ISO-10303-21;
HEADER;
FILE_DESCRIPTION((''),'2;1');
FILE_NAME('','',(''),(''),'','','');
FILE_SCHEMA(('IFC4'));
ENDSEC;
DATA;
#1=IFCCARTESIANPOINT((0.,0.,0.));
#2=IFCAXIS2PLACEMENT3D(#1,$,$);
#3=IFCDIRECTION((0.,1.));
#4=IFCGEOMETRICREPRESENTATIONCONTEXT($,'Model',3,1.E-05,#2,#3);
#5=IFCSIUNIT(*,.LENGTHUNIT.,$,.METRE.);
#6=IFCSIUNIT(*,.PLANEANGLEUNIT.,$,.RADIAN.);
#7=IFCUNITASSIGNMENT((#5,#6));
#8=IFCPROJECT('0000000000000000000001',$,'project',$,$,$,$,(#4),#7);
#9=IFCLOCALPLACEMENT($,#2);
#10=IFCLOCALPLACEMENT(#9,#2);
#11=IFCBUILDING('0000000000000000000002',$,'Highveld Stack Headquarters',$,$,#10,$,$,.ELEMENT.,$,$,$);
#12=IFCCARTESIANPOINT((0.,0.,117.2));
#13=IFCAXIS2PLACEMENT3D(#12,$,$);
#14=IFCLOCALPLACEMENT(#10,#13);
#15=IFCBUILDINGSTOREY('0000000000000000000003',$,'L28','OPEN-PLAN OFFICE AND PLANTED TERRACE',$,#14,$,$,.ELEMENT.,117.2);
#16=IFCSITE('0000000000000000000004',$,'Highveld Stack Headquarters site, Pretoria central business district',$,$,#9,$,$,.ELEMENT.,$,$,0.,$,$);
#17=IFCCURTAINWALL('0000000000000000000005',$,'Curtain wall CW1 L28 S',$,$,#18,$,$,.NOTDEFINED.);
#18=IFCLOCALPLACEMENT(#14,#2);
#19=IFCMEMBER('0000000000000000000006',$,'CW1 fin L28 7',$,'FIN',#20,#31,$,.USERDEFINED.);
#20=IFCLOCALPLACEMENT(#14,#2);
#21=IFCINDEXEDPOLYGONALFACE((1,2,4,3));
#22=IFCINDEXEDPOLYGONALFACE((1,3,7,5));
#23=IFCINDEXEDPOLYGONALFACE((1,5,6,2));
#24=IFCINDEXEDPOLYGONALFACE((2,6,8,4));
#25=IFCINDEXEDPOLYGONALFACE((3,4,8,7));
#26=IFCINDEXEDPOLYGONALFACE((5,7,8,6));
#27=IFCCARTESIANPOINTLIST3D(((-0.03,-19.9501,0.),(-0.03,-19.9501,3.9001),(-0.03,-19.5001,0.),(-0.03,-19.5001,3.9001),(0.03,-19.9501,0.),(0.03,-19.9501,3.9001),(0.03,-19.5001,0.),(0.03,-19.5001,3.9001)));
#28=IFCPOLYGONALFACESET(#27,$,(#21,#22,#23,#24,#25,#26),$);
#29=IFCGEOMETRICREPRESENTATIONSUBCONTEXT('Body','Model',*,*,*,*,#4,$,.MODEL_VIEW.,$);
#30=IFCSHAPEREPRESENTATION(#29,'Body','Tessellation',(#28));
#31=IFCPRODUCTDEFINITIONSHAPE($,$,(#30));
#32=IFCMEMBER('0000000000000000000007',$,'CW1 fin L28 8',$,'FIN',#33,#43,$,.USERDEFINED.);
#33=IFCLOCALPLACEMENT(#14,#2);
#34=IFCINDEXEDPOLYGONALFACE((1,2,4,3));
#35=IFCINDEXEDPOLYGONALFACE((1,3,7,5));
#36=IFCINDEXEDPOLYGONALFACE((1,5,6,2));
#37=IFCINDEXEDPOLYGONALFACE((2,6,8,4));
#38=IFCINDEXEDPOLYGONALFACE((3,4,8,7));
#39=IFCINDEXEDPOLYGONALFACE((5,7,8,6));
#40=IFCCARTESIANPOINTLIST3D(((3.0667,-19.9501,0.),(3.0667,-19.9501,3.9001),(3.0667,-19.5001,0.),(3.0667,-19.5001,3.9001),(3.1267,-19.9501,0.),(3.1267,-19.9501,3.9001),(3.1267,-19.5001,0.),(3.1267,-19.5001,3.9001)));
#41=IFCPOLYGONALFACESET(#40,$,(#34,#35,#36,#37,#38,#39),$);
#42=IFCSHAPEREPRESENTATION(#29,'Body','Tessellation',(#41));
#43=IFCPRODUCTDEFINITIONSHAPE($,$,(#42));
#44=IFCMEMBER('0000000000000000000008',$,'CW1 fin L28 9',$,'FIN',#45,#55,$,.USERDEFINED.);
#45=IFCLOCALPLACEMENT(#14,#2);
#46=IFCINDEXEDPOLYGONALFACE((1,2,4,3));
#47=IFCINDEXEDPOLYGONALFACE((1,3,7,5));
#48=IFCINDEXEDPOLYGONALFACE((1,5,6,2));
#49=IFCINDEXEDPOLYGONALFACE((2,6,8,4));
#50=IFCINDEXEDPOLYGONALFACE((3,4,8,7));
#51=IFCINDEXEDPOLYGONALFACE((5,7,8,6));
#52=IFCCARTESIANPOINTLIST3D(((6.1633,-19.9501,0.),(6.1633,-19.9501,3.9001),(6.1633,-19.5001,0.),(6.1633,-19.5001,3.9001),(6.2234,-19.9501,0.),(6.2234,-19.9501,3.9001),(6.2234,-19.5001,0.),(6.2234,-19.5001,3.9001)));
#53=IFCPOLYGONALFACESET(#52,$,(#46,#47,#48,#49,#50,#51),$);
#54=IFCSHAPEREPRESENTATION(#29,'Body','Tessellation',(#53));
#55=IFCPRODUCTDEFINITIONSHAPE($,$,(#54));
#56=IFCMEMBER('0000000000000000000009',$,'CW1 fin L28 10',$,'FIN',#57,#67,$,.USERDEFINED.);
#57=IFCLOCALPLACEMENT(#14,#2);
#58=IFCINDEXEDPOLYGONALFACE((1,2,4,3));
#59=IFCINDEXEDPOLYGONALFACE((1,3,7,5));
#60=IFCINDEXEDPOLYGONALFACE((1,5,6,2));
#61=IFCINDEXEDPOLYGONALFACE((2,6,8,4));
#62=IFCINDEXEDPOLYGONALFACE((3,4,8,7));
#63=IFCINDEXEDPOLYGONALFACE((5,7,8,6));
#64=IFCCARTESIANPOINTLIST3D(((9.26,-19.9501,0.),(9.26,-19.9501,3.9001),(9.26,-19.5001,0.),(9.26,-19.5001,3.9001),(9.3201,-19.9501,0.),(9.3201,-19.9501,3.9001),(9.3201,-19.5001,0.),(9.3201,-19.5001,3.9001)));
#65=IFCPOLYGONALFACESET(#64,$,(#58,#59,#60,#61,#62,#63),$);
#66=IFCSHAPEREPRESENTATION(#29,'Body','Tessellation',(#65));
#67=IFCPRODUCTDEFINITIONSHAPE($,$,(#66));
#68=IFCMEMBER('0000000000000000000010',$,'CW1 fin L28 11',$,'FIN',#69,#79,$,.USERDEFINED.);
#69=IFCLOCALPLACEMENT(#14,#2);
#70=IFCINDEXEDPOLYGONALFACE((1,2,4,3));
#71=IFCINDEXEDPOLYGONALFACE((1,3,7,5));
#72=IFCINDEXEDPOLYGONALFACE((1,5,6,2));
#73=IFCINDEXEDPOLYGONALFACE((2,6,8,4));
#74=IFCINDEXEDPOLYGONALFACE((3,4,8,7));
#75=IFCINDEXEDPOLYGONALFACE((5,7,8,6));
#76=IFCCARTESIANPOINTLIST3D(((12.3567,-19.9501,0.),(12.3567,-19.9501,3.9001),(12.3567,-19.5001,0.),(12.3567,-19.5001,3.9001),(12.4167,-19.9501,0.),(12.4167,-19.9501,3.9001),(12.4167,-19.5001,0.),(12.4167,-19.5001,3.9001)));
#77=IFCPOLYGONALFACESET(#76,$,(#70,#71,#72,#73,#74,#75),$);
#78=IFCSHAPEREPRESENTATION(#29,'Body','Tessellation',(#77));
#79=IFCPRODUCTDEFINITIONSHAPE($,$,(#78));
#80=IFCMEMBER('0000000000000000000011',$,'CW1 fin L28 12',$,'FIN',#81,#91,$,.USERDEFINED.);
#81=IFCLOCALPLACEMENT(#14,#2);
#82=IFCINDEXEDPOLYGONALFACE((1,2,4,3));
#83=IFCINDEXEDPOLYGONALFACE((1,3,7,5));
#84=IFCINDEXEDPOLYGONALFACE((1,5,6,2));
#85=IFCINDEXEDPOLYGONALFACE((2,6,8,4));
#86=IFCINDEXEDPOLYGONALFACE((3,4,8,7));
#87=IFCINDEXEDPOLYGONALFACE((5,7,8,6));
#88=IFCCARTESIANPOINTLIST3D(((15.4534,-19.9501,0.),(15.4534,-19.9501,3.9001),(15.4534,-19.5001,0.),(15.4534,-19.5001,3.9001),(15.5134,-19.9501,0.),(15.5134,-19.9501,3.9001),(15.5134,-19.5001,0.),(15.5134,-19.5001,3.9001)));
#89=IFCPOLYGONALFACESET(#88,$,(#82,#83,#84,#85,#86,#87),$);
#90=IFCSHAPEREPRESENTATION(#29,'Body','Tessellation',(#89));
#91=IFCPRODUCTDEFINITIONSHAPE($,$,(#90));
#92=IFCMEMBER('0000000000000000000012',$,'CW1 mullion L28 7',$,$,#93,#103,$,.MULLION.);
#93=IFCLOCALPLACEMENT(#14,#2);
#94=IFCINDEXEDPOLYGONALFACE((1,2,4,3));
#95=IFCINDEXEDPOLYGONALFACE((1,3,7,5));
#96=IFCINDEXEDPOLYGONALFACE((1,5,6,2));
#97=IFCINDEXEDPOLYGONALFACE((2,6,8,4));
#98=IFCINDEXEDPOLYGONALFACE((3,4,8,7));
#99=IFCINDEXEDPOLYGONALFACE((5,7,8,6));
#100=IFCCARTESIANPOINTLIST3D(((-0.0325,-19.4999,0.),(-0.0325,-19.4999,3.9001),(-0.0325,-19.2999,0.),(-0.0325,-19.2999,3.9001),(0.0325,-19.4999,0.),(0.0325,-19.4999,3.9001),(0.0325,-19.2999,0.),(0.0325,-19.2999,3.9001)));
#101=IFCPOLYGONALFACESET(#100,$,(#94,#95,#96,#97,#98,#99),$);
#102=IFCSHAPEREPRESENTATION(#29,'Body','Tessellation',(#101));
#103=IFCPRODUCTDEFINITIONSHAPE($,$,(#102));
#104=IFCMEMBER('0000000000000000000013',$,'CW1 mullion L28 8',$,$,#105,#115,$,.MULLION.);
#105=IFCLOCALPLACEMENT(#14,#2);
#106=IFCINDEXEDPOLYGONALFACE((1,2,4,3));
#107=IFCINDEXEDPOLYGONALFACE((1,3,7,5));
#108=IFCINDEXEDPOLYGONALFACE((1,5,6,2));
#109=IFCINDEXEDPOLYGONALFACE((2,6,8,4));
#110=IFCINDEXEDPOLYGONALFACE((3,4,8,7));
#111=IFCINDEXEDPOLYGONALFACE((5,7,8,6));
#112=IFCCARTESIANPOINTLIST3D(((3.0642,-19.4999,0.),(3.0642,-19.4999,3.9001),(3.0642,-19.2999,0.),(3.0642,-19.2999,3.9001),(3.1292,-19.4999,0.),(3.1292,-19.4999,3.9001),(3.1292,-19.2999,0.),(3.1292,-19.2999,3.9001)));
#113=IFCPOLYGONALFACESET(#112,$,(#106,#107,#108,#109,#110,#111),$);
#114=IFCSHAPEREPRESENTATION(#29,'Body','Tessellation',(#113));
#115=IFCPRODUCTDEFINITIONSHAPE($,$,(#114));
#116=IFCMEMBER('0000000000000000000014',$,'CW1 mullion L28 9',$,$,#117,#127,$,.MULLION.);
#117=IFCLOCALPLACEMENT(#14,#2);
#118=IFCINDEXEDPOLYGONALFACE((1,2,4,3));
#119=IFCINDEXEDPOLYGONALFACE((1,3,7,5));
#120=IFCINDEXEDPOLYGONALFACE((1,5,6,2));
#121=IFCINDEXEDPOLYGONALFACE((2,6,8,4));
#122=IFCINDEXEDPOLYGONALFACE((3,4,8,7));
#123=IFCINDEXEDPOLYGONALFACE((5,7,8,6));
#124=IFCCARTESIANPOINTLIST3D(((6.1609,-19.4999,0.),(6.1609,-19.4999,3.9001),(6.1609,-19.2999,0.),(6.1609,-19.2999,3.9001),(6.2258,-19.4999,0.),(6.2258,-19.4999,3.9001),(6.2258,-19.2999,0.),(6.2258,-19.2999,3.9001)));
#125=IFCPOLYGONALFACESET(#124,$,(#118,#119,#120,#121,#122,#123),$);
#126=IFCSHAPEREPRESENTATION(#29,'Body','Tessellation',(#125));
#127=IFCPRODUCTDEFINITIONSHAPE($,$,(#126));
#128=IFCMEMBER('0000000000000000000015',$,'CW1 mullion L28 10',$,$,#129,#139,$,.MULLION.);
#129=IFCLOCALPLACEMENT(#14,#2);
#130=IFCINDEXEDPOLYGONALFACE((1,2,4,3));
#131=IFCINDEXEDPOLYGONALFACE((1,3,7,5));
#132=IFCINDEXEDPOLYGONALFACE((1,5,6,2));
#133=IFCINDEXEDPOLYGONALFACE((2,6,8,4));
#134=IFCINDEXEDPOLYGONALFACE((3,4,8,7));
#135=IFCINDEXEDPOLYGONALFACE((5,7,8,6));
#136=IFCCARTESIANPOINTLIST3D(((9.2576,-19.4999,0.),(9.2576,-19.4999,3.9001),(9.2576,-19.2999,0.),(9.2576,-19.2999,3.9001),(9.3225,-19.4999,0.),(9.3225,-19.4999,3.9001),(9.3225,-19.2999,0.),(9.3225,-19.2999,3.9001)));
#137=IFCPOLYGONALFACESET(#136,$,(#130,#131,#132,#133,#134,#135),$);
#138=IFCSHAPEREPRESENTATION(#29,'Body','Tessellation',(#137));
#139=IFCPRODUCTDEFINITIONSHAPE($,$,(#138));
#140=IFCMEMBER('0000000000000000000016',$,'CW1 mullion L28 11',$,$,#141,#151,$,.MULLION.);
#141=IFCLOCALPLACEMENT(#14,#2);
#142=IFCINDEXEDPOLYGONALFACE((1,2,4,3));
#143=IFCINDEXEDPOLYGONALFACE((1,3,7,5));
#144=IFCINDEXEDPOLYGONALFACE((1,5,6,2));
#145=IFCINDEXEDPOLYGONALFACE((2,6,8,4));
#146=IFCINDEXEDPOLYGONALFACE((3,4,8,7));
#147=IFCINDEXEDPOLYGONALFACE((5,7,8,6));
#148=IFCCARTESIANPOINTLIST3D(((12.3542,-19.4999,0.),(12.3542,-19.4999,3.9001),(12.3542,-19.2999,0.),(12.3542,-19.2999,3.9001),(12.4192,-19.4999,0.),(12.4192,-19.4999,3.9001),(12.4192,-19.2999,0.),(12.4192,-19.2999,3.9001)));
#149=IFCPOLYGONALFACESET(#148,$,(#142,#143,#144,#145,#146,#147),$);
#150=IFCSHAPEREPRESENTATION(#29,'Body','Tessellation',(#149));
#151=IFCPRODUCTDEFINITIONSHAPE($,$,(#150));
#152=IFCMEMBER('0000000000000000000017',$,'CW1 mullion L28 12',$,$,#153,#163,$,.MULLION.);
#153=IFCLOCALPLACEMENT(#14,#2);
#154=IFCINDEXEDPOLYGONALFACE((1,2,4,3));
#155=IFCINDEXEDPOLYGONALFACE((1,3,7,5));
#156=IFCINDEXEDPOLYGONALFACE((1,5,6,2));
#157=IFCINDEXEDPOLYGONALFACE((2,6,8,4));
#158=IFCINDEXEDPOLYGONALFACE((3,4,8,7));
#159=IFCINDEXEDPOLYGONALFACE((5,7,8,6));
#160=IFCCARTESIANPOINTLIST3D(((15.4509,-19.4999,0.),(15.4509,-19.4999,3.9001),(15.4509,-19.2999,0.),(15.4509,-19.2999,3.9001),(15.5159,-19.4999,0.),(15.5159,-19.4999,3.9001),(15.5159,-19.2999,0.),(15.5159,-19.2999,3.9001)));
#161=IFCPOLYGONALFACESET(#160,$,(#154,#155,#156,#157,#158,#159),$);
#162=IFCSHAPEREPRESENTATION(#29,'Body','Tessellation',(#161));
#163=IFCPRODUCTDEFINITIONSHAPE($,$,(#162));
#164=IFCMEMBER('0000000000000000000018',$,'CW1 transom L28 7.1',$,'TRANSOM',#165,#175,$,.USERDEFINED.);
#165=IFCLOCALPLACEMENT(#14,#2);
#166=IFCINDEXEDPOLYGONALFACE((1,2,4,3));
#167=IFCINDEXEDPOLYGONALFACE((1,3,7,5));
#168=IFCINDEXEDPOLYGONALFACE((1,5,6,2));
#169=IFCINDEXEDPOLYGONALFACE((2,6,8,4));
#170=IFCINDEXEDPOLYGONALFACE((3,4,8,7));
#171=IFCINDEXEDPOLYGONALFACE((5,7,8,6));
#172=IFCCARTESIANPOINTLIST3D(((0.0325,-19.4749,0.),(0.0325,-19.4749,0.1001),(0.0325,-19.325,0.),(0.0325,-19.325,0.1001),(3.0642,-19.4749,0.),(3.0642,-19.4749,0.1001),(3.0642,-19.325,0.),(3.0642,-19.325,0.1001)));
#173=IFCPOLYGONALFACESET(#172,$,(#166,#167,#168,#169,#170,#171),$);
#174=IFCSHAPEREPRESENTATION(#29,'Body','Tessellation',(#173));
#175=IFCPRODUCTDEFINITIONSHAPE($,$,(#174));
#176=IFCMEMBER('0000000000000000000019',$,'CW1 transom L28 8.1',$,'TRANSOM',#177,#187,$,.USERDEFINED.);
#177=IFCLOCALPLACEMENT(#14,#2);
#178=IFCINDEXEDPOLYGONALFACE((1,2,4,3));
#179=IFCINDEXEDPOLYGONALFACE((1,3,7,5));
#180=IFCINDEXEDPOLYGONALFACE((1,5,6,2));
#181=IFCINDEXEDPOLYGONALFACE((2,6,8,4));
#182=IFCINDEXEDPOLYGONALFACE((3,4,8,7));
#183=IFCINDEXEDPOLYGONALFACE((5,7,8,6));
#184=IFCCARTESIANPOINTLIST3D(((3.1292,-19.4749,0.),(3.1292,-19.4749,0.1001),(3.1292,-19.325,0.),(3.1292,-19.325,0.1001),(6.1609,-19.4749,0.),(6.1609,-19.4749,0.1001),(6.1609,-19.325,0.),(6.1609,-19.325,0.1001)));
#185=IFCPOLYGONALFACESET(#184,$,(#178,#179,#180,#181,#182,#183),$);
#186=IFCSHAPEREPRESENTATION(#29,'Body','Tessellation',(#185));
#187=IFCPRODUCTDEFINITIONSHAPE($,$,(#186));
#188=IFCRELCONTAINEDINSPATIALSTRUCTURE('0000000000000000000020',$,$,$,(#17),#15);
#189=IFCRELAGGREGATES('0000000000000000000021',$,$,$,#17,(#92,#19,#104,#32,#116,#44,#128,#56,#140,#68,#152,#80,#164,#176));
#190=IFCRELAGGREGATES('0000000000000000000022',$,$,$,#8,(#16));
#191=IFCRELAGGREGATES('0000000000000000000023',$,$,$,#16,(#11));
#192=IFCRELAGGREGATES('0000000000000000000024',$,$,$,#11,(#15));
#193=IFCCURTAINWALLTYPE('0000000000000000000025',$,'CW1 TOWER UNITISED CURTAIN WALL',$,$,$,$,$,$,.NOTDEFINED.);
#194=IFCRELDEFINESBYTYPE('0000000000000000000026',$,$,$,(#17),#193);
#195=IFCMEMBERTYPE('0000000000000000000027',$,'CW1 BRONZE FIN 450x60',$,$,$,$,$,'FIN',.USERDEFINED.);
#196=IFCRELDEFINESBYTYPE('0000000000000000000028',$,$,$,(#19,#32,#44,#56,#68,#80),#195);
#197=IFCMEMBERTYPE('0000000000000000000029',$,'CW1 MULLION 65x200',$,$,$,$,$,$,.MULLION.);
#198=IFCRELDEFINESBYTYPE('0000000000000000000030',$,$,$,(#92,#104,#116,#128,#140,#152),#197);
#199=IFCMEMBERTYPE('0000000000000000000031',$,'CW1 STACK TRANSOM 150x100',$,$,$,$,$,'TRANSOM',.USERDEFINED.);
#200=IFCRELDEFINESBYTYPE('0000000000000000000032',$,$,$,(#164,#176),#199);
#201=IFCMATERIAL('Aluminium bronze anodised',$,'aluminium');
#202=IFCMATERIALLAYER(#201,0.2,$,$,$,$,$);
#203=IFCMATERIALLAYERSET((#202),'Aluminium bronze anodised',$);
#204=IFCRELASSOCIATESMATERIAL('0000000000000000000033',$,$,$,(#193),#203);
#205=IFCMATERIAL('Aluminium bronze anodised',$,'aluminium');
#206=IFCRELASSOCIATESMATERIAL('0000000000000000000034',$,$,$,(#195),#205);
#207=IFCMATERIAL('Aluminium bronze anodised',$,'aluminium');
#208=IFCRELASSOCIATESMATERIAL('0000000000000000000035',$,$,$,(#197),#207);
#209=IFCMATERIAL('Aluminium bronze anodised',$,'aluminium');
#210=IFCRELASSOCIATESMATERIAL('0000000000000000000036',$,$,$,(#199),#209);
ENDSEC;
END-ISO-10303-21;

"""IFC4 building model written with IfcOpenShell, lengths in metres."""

from ifc_helpers import new_model, si_unit, direction, frame, origin, origin_2d, place, context, subcontext, project, spatial, rectangle, extrude, material, layer, layer_set, material_profile, profile_set, type_object, element, aggregate, save


model = new_model("IFC4")

# Units and contexts
model_context = context("Model", 3, precision=1e-05, world=origin(), true_north=direction((0.0, 1.0)))
body_context = subcontext(model_context, "Body", "Model", "MODEL_VIEW")
ifc_project = project(units=[si_unit("LENGTHUNIT", "METRE"), si_unit("PLANEANGLEUNIT", "RADIAN")], contexts=[model_context])

# Site, building, storey
site_placement = place(None, origin())
site = spatial("IfcSite", under=ifc_project, at=site_placement, Name="Highveld Stack Headquarters site, Pretoria central business district", CompositionType="ELEMENT", RefElevation=0.0)
building_placement = place(site_placement, origin())
building = spatial("IfcBuilding", under=site, at=building_placement, Name="Highveld Stack Headquarters", CompositionType="ELEMENT")
storey_placement = place(building_placement, frame((0.0, 0.0, 117.2)))
storey = spatial("IfcBuildingStorey", under=building, at=storey_placement, Name="L28", Description="OPEN-PLAN OFFICE AND PLANTED TERRACE", CompositionType="ELEMENT", Elevation=117.2)

# Curtain wall, members
ifc_material_1 = material(Name="Aluminium bronze anodised", Category="aluminium")
ifc_layer_1 = layer(ifc_material_1, 0.2)
ifc_layer_set_1 = layer_set([ifc_layer_1], Name="Aluminium bronze anodised")
curtain_wall_type = type_object("IfcCurtainWallType", Name="CW1 TOWER UNITISED CURTAIN WALL", PredefinedType="NOTDEFINED", material=ifc_layer_set_1)
curtain_wall_placement = place(storey_placement, origin())
curtain_wall = element("IfcCurtainWall", 1, at=curtain_wall_placement, inside=storey, type_object=curtain_wall_type, Name="Curtain wall CW1 L28 S", PredefinedType="NOTDEFINED")
ifc_material_2 = material(Name="Aluminium bronze anodised", Category="aluminium")
ifc_material_profile_1 = material_profile(ifc_material_2, rectangle(XDim=0.45, YDim=0.0601, at=origin_2d()), Name="FIN 450x60")
ifc_profile_set_1 = profile_set([ifc_material_profile_1], Name="Aluminium bronze anodised")
member_type_1 = type_object("IfcMemberType", Name="CW1 BRONZE FIN 450x60", ElementType="FIN", PredefinedType="USERDEFINED", material=ifc_profile_set_1)
member_1_placement = place(storey_placement, frame((0.0, -19.7251, 0.0), z_axis=(0.0, 0.0, 1.0), x_axis=(0.0, 1.0, 0.0)))
member_1 = element("IfcMember", 2, at=member_1_placement, type_object=member_type_1, Name="CW1 fin L28 7", ObjectType="FIN", PredefinedType="USERDEFINED", context=body_context, shape_type="SweptSolid", body=[
    extrude(rectangle(XDim=0.45, YDim=0.0601, at=origin_2d()), origin(), (0.0, 0.0, 1.0), 3.9001),
])
member_2_placement = place(storey_placement, frame((3.0967, -19.7251, 0.0), z_axis=(0.0, 0.0, 1.0), x_axis=(0.0, 1.0, 0.0)))
member_2 = element("IfcMember", 3, at=member_2_placement, type_object=member_type_1, Name="CW1 fin L28 8", ObjectType="FIN", PredefinedType="USERDEFINED", context=body_context, shape_type="SweptSolid", body=[
    extrude(rectangle(XDim=0.45, YDim=0.0601, at=origin_2d()), origin(), (0.0, 0.0, 1.0), 3.9001),
])
member_3_placement = place(storey_placement, frame((6.1934, -19.7251, 0.0), z_axis=(0.0, 0.0, 1.0), x_axis=(0.0, 1.0, 0.0)))
member_3 = element("IfcMember", 4, at=member_3_placement, type_object=member_type_1, Name="CW1 fin L28 9", ObjectType="FIN", PredefinedType="USERDEFINED", context=body_context, shape_type="SweptSolid", body=[
    extrude(rectangle(XDim=0.45, YDim=0.0601, at=origin_2d()), origin(), (0.0, 0.0, 1.0), 3.9001),
])
member_4_placement = place(storey_placement, frame((9.29, -19.7251, 0.0), z_axis=(0.0, 0.0, 1.0), x_axis=(0.0, 1.0, 0.0)))
member_4 = element("IfcMember", 5, at=member_4_placement, type_object=member_type_1, Name="CW1 fin L28 10", ObjectType="FIN", PredefinedType="USERDEFINED", context=body_context, shape_type="SweptSolid", body=[
    extrude(rectangle(XDim=0.45, YDim=0.0601, at=origin_2d()), origin(), (0.0, 0.0, 1.0), 3.9001),
])
member_5_placement = place(storey_placement, frame((12.3867, -19.7251, 0.0), z_axis=(0.0, 0.0, 1.0), x_axis=(0.0, 1.0, 0.0)))
member_5 = element("IfcMember", 6, at=member_5_placement, type_object=member_type_1, Name="CW1 fin L28 11", ObjectType="FIN", PredefinedType="USERDEFINED", context=body_context, shape_type="SweptSolid", body=[
    extrude(rectangle(XDim=0.45, YDim=0.0601, at=origin_2d()), origin(), (0.0, 0.0, 1.0), 3.9001),
])
member_6_placement = place(storey_placement, frame((15.4834, -19.7251, 0.0), z_axis=(0.0, 0.0, 1.0), x_axis=(0.0, 1.0, 0.0)))
member_6 = element("IfcMember", 7, at=member_6_placement, type_object=member_type_1, Name="CW1 fin L28 12", ObjectType="FIN", PredefinedType="USERDEFINED", context=body_context, shape_type="SweptSolid", body=[
    extrude(rectangle(XDim=0.45, YDim=0.0601, at=origin_2d()), origin(), (0.0, 0.0, 1.0), 3.9001),
])
ifc_material_3 = material(Name="Aluminium bronze anodised", Category="aluminium")
ifc_material_profile_2 = material_profile(ifc_material_3, rectangle(XDim=0.2, YDim=0.0649, at=origin_2d()), Name="CW1 MULLION 65x200")
ifc_profile_set_2 = profile_set([ifc_material_profile_2], Name="Aluminium bronze anodised")
member_type_2 = type_object("IfcMemberType", Name="CW1 MULLION 65x200", PredefinedType="MULLION", material=ifc_profile_set_2)
member_7_placement = place(storey_placement, frame((0.0, -19.3999, 0.0), z_axis=(0.0, 0.0, 1.0), x_axis=(0.0, 1.0, 0.0)))
member_7 = element("IfcMember", 8, at=member_7_placement, type_object=member_type_2, Name="CW1 mullion L28 7", PredefinedType="MULLION", context=body_context, shape_type="SweptSolid", body=[
    extrude(rectangle(XDim=0.2, YDim=0.0649, at=origin_2d()), origin(), (0.0, 0.0, 1.0), 3.9001),
])
member_8_placement = place(storey_placement, frame((3.0967, -19.3999, 0.0), z_axis=(0.0, 0.0, 1.0), x_axis=(0.0, 1.0, 0.0)))
member_8 = element("IfcMember", 9, at=member_8_placement, type_object=member_type_2, Name="CW1 mullion L28 8", PredefinedType="MULLION", context=body_context, shape_type="SweptSolid", body=[
    extrude(rectangle(XDim=0.2, YDim=0.0649, at=origin_2d()), origin(), (0.0, 0.0, 1.0), 3.9001),
])
member_9_placement = place(storey_placement, frame((6.1934, -19.3999, 0.0), z_axis=(0.0, 0.0, 1.0), x_axis=(0.0, 1.0, 0.0)))
member_9 = element("IfcMember", 10, at=member_9_placement, type_object=member_type_2, Name="CW1 mullion L28 9", PredefinedType="MULLION", context=body_context, shape_type="SweptSolid", body=[
    extrude(rectangle(XDim=0.2, YDim=0.0649, at=origin_2d()), origin(), (0.0, 0.0, 1.0), 3.9001),
])
member_10_placement = place(storey_placement, frame((9.29, -19.3999, 0.0), z_axis=(0.0, 0.0, 1.0), x_axis=(0.0, 1.0, 0.0)))
member_10 = element("IfcMember", 11, at=member_10_placement, type_object=member_type_2, Name="CW1 mullion L28 10", PredefinedType="MULLION", context=body_context, shape_type="SweptSolid", body=[
    extrude(rectangle(XDim=0.2, YDim=0.0649, at=origin_2d()), origin(), (0.0, 0.0, 1.0), 3.9001),
])
member_11_placement = place(storey_placement, frame((12.3867, -19.3999, 0.0), z_axis=(0.0, 0.0, 1.0), x_axis=(0.0, 1.0, 0.0)))
member_11 = element("IfcMember", 12, at=member_11_placement, type_object=member_type_2, Name="CW1 mullion L28 11", PredefinedType="MULLION", context=body_context, shape_type="SweptSolid", body=[
    extrude(rectangle(XDim=0.2, YDim=0.0649, at=origin_2d()), origin(), (0.0, 0.0, 1.0), 3.9001),
])
member_12_placement = place(storey_placement, frame((15.4834, -19.3999, 0.0), z_axis=(0.0, 0.0, 1.0), x_axis=(0.0, 1.0, 0.0)))
member_12 = element("IfcMember", 13, at=member_12_placement, type_object=member_type_2, Name="CW1 mullion L28 12", PredefinedType="MULLION", context=body_context, shape_type="SweptSolid", body=[
    extrude(rectangle(XDim=0.2, YDim=0.0649, at=origin_2d()), origin(), (0.0, 0.0, 1.0), 3.9001),
])
ifc_material_4 = material(Name="Aluminium bronze anodised", Category="aluminium")
ifc_material_profile_3 = material_profile(ifc_material_4, rectangle(XDim=0.1499, YDim=0.1001, at=origin_2d()), Name="CW1 TRANSOM 150x100")
ifc_profile_set_3 = profile_set([ifc_material_profile_3], Name="Aluminium bronze anodised")
member_type_3 = type_object("IfcMemberType", Name="CW1 STACK TRANSOM 150x100", ElementType="TRANSOM", PredefinedType="USERDEFINED", material=ifc_profile_set_3)
member_13_placement = place(storey_placement, frame((0.0325, -19.3999, 0.05), z_axis=(1.0, 0.0, 0.0), x_axis=(0.0, 1.0, 0.0)))
member_13 = element("IfcMember", 14, at=member_13_placement, type_object=member_type_3, Name="CW1 transom L28 7.1", ObjectType="TRANSOM", PredefinedType="USERDEFINED", context=body_context, shape_type="SweptSolid", body=[
    extrude(rectangle(XDim=0.1499, YDim=0.1001, at=origin_2d()), origin(), (0.0, 0.0, 1.0), 3.0317),
])
member_14_placement = place(storey_placement, frame((3.1292, -19.3999, 0.05), z_axis=(1.0, 0.0, 0.0), x_axis=(0.0, 1.0, 0.0)))
member_14 = element("IfcMember", 15, at=member_14_placement, type_object=member_type_3, Name="CW1 transom L28 8.1", ObjectType="TRANSOM", PredefinedType="USERDEFINED", context=body_context, shape_type="SweptSolid", body=[
    extrude(rectangle(XDim=0.1499, YDim=0.1001, at=origin_2d()), origin(), (0.0, 0.0, 1.0), 3.0317),
])
aggregate(curtain_wall, [member_7, member_1, member_8, member_2, member_9, member_3, member_10, member_4, member_11, member_5, member_12, member_6, member_13, member_14])

save(model, "model.ifc")
